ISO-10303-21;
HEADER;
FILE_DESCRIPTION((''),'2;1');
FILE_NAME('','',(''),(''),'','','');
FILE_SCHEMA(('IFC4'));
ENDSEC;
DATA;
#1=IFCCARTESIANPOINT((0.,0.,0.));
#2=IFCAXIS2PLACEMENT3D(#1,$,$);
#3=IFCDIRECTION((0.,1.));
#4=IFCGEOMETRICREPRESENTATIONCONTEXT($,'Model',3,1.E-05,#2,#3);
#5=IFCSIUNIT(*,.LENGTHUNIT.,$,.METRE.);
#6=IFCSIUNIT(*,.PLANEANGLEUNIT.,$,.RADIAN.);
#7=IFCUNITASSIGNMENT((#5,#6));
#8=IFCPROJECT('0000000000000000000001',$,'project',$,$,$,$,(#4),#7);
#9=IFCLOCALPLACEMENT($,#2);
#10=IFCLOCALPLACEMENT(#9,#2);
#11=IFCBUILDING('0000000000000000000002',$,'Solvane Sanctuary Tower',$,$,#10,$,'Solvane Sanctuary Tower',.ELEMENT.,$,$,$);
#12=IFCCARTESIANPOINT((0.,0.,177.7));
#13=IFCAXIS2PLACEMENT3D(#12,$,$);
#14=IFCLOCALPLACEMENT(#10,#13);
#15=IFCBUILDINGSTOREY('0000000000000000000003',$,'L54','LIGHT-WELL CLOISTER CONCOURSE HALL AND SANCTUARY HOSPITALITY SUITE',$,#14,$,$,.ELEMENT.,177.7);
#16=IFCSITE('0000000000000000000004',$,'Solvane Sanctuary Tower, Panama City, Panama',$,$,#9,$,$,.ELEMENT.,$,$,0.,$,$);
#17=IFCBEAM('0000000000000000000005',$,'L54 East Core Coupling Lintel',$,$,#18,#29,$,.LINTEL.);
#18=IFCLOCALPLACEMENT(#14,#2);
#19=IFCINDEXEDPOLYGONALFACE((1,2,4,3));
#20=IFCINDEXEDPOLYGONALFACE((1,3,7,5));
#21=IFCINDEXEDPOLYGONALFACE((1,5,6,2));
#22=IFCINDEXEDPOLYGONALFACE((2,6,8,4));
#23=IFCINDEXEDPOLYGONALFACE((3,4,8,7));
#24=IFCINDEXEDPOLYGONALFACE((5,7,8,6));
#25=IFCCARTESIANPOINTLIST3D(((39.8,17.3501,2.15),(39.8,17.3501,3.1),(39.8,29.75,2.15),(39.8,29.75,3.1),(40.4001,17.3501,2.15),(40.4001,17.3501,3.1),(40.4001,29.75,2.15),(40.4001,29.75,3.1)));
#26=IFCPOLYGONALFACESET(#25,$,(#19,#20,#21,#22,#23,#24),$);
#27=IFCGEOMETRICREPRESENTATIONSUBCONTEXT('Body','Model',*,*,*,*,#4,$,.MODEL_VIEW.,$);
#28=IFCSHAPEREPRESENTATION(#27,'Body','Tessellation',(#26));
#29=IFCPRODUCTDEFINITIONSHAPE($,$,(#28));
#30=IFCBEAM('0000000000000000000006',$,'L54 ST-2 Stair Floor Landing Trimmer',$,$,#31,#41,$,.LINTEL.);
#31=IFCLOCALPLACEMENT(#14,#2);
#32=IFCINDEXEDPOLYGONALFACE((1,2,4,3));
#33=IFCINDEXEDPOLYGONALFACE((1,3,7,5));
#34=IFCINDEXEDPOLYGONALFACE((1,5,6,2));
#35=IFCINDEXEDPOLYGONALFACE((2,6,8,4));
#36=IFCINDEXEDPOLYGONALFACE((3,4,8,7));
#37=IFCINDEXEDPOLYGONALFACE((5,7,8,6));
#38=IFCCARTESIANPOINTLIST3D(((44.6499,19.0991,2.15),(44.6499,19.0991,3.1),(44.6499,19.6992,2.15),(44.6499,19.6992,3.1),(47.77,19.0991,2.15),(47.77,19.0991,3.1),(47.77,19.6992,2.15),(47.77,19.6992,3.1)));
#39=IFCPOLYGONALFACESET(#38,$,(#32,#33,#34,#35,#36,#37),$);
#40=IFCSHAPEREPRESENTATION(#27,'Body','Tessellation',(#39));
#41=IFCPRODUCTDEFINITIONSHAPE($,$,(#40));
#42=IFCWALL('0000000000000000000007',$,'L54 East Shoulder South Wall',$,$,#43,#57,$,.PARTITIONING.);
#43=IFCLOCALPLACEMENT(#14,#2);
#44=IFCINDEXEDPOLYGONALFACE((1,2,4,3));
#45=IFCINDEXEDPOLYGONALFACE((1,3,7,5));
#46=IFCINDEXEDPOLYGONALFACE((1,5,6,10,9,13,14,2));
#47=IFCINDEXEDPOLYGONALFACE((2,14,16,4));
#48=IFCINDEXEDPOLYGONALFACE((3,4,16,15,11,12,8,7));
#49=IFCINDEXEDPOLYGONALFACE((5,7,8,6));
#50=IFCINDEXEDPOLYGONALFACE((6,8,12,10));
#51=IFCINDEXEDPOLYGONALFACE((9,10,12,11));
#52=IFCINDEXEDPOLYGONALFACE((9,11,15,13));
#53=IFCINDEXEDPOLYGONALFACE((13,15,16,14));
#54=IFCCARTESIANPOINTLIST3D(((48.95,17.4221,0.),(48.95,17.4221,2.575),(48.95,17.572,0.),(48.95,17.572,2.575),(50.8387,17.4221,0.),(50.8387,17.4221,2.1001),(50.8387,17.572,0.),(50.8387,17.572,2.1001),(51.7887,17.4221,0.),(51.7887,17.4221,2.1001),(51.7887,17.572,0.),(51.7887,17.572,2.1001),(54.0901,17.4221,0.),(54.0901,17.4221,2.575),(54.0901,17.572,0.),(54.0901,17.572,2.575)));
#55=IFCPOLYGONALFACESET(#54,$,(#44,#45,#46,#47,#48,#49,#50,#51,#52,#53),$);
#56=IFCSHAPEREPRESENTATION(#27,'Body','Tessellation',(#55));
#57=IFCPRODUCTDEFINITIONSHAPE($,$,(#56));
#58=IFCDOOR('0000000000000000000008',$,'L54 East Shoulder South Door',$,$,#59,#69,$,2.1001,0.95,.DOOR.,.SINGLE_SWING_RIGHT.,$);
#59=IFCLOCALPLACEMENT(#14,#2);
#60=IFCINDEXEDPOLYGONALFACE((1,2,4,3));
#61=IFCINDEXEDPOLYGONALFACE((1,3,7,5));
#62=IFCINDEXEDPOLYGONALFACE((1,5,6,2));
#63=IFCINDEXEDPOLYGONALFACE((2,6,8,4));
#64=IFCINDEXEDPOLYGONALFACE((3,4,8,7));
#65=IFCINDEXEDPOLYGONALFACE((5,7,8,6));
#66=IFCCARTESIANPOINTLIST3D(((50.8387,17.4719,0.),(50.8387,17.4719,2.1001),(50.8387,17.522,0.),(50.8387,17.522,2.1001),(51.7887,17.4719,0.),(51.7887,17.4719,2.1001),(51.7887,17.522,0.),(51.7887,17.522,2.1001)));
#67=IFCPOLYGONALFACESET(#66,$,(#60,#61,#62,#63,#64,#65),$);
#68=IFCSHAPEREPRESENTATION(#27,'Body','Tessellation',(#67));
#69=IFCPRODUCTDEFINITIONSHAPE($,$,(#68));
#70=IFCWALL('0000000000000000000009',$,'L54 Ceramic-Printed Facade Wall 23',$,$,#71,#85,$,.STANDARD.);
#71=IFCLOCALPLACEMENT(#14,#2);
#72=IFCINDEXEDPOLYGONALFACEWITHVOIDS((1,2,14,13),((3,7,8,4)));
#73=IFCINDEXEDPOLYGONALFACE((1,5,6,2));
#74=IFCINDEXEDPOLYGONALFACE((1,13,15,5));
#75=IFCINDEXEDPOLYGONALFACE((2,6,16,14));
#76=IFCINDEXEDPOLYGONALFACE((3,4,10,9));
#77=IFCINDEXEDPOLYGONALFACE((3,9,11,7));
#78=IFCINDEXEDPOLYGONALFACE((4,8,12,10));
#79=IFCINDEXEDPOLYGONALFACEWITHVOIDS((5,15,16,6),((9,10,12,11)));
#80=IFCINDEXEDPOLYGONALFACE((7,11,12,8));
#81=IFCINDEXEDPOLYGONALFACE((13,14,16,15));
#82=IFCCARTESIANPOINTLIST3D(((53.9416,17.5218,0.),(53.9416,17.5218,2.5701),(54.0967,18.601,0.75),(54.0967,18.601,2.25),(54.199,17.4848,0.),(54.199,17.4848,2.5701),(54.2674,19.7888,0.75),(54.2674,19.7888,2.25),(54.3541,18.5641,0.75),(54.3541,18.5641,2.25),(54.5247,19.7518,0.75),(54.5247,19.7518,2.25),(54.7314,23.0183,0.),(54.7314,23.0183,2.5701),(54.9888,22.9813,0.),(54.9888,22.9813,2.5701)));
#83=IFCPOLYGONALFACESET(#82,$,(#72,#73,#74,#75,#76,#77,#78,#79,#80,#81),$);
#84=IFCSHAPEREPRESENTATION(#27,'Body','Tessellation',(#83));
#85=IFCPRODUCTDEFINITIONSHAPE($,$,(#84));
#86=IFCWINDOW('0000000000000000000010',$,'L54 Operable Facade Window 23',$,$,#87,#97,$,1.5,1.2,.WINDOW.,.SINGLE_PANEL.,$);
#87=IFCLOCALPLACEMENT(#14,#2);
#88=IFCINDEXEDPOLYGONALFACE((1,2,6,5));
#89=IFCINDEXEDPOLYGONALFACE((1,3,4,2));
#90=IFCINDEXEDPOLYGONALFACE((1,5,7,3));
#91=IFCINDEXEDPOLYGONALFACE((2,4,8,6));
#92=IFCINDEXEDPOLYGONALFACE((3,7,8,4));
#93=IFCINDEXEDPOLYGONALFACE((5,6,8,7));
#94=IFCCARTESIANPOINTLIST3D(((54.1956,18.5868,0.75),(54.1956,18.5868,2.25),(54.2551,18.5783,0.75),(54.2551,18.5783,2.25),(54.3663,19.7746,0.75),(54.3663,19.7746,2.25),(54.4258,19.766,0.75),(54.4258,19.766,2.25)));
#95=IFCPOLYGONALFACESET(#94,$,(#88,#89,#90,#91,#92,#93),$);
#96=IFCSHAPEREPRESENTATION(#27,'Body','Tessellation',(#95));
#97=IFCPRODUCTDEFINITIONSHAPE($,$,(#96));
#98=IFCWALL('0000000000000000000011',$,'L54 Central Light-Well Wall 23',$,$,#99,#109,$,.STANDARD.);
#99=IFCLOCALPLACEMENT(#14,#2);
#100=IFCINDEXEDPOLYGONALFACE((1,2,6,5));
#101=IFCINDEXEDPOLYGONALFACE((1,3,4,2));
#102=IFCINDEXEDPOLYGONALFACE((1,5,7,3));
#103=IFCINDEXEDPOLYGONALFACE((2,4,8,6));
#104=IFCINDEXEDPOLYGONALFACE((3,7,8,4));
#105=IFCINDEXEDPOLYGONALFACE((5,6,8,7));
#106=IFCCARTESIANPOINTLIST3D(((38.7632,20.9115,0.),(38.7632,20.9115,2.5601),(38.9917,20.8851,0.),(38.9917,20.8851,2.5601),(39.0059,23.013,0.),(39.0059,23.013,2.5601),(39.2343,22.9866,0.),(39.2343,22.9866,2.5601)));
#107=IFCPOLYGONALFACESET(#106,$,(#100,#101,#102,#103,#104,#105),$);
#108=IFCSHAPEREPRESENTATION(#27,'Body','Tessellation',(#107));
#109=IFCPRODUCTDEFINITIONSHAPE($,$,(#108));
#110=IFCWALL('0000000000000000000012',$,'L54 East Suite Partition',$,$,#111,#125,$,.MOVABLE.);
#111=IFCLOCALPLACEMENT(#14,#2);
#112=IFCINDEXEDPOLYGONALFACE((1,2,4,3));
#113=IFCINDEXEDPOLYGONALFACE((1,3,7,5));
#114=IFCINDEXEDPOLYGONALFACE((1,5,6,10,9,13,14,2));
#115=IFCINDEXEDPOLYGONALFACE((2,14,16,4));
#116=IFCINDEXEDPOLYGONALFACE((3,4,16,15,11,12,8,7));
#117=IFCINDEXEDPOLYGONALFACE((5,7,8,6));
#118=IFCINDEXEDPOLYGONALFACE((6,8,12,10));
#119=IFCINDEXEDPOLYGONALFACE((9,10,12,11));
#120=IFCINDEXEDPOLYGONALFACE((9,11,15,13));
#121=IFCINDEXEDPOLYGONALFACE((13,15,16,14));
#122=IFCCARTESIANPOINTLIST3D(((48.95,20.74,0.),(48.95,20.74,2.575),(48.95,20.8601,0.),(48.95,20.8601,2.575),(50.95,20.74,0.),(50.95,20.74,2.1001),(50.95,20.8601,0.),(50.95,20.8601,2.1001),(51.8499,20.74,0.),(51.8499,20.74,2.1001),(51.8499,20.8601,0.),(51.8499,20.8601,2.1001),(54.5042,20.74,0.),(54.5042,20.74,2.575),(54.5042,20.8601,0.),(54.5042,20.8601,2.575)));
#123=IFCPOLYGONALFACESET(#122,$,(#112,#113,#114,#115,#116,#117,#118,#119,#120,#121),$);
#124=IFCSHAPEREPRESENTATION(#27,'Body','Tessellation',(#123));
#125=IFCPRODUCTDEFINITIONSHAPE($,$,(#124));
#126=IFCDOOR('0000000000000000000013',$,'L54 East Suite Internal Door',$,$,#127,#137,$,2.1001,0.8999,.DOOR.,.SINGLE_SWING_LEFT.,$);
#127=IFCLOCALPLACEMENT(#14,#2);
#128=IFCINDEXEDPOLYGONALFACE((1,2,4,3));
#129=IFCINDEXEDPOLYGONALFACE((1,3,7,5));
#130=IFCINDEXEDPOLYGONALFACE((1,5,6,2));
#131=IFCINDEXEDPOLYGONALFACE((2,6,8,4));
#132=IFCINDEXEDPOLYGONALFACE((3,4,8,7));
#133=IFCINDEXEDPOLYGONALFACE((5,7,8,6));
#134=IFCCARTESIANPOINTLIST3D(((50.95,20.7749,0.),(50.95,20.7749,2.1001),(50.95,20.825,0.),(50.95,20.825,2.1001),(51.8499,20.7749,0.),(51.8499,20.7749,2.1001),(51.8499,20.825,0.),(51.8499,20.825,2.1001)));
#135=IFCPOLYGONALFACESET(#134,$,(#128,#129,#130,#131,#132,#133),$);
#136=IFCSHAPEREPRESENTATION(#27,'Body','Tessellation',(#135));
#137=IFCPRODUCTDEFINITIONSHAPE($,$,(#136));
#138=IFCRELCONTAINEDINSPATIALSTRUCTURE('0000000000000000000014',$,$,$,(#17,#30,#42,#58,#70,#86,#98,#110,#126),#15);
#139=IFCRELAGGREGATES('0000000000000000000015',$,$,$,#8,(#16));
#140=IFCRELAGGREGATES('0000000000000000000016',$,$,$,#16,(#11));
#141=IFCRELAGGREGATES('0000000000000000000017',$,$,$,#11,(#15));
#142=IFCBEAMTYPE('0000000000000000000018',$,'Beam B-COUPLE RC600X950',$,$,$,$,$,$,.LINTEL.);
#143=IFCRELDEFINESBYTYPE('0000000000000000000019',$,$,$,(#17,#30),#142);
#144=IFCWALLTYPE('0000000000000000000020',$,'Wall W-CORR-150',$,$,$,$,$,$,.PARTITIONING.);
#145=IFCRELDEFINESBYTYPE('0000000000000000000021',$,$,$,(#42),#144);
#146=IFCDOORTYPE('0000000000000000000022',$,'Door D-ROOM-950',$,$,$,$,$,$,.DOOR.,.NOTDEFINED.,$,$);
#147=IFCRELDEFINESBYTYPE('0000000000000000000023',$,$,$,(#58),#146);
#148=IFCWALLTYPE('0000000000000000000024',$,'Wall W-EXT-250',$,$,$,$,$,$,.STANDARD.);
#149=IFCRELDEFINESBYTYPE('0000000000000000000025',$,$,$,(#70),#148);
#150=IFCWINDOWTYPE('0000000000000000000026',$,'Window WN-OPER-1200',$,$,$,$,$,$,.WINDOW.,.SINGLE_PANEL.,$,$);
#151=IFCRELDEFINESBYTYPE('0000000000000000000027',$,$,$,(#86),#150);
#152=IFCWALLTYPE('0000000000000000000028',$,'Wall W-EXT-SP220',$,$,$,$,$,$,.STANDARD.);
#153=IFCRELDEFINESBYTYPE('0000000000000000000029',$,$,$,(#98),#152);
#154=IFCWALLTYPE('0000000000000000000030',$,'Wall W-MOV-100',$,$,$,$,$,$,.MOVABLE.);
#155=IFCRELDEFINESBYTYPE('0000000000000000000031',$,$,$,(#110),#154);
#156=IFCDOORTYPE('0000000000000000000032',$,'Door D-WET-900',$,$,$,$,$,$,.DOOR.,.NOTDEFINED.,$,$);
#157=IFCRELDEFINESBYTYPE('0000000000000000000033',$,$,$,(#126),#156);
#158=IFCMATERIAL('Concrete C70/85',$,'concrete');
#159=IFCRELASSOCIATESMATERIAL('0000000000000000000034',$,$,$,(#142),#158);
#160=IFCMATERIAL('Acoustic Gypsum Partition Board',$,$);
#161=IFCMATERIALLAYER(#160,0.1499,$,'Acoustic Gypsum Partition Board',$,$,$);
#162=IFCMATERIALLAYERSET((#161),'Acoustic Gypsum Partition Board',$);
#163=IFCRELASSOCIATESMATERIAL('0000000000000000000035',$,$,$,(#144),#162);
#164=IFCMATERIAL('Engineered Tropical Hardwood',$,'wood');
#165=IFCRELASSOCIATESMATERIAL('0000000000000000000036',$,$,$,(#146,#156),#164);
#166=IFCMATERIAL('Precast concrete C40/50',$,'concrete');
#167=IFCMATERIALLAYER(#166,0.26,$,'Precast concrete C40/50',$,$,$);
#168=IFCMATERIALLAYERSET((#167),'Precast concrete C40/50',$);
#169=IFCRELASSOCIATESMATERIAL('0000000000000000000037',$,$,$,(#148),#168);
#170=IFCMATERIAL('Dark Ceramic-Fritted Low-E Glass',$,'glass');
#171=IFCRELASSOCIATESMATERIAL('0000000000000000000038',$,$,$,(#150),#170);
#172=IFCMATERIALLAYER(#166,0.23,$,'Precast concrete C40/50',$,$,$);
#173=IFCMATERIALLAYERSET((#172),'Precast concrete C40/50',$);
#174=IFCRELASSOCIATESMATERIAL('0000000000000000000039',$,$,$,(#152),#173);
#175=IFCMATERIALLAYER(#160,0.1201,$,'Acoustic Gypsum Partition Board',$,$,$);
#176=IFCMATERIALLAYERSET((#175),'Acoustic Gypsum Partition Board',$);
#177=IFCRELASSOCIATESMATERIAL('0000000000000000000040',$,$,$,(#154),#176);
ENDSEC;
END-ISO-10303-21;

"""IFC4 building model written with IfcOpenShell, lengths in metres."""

from ifc_helpers import new_model, si_unit, direction, frame, frame_2d, origin, origin_2d, place, context, subcontext, project, spatial, rectangle, extrude, material, layer, layer_set, material_profile, profile_set, type_object, element, fill, save


model = new_model("IFC4")

# Units and contexts
model_context = context("Model", 3, precision=1e-05, world=origin(), true_north=direction((0.0, 1.0)))
body_context = subcontext(model_context, "Body", "Model", "MODEL_VIEW")
ifc_project = project(units=[si_unit("LENGTHUNIT", "METRE"), si_unit("PLANEANGLEUNIT", "RADIAN")], contexts=[model_context])

# Site, building, storey
site_placement = place(None, origin())
site = spatial("IfcSite", under=ifc_project, at=site_placement, Name="Solvane Sanctuary Tower, Panama City, Panama", CompositionType="ELEMENT", RefElevation=0.0)
building_placement = place(site_placement, origin())
building = spatial("IfcBuilding", under=site, at=building_placement, Name="Solvane Sanctuary Tower", LongName="Solvane Sanctuary Tower", CompositionType="ELEMENT")
storey_placement = place(building_placement, frame((0.0, 0.0, 177.7)))
storey = spatial("IfcBuildingStorey", under=building, at=storey_placement, Name="L54", Description="LIGHT-WELL CLOISTER CONCOURSE HALL AND SANCTUARY HOSPITALITY SUITE", CompositionType="ELEMENT", Elevation=177.7)

# Beams
ifc_material_1 = material(Name="Concrete C70/85", Category="concrete")
ifc_material_profile = material_profile(ifc_material_1, rectangle(XDim=0.6001, YDim=0.95, at=origin_2d()), Name="RC600X950")
ifc_profile_set = profile_set([ifc_material_profile], Name="Concrete C70/85")
beam_type = type_object("IfcBeamType", Name="Beam B-COUPLE RC600X950", PredefinedType="LINTEL", material=ifc_profile_set)
beam_1_placement = place(storey_placement, frame((40.1001, 17.3501, 2.625), z_axis=(0.0, 1.0, 0.0), x_axis=(-1.0, 0.0, 0.0)))
element("IfcBeam", 1, at=beam_1_placement, inside=storey, type_object=beam_type, Name="L54 East Core Coupling Lintel", PredefinedType="LINTEL", context=body_context, shape_type="SweptSolid", body=[
    extrude(rectangle(XDim=0.6001, YDim=0.95, at=origin_2d()), origin(), (0.0, 0.0, 1.0), 12.3999),
])
beam_2_placement = place(storey_placement, frame((44.6499, 19.3992, 2.625), z_axis=(1.0, 0.0, 0.0), x_axis=(0.0, 1.0, 0.0)))
element("IfcBeam", 2, at=beam_2_placement, inside=storey, type_object=beam_type, Name="L54 ST-2 Stair Floor Landing Trimmer", PredefinedType="LINTEL", context=body_context, shape_type="SweptSolid", body=[
    extrude(rectangle(XDim=0.6001, YDim=0.95, at=origin_2d()), origin(), (0.0, 0.0, 1.0), 3.1201),
])

# Wall, opening, door
ifc_material_2 = material(Name="Acoustic Gypsum Partition Board")
ifc_layer_1 = layer(ifc_material_2, 0.1499, Name="Acoustic Gypsum Partition Board")
ifc_layer_set_1 = layer_set([ifc_layer_1], Name="Acoustic Gypsum Partition Board")
wall_type_1 = type_object("IfcWallType", Name="Wall W-CORR-150", PredefinedType="PARTITIONING", material=ifc_layer_set_1)
wall_1_placement = place(storey_placement, frame((48.95, 17.4971, 0.0), z_axis=(0.0, 0.0, 1.0), x_axis=(1.0, 0.0, 0.0)))
wall_1 = element("IfcWall", 3, at=wall_1_placement, inside=storey, type_object=wall_type_1, Name="L54 East Shoulder South Wall", PredefinedType="PARTITIONING", context=body_context, shape_type="SweptSolid", body=[
    extrude(rectangle(XDim=5.1401, YDim=0.1499, at=frame_2d((2.5701, 0.0))), origin(), (0.0, 0.0, 1.0), 2.575),
])
opening_1_placement = place(wall_1_placement, frame((1.8887, 0.0, 0.0)))
opening_1 = element("IfcOpeningElement", 4, at=opening_1_placement, cuts=wall_1, PredefinedType="OPENING", context=body_context, shape_type="SweptSolid", body=[
    extrude(rectangle(XDim=0.95, YDim=2.1001, at=frame_2d((0.4751, 1.05))), frame((0.0, 0.085, 0.0), z_axis=(0.0, -1.0, 0.0), x_axis=(1.0, 0.0, 0.0)), (0.0, 0.0, 1.0), 0.1699),
])
ifc_material_3 = material(Name="Engineered Tropical Hardwood", Category="wood")
door_type_1 = type_object("IfcDoorType", Name="Door D-ROOM-950", OperationType="NOTDEFINED", PredefinedType="DOOR", material=ifc_material_3)
door_1_placement = place(opening_1_placement, origin())
door_1 = element("IfcDoor", 5, at=door_1_placement, inside=storey, type_object=door_type_1, Name="L54 East Shoulder South Door", OperationType="SINGLE_SWING_RIGHT", OverallHeight=2.1001, OverallWidth=0.95, PredefinedType="DOOR", context=body_context, shape_type="SweptSolid", body=[
    extrude(rectangle(XDim=0.95, YDim=2.1001, at=frame_2d((0.4751, 1.05))), frame((0.0, 0.0249, 0.0), z_axis=(0.0, -1.0, 0.0), x_axis=(1.0, 0.0, 0.0)), (0.0, 0.0, 1.0), 0.05),
])
fill(opening_1, door_1)

# Wall, opening, window
ifc_material_4 = material(Name="Precast concrete C40/50", Category="concrete")
ifc_layer_2 = layer(ifc_material_4, 0.26, Name="Precast concrete C40/50")
ifc_layer_set_2 = layer_set([ifc_layer_2], Name="Precast concrete C40/50")
wall_type_2 = type_object("IfcWallType", Name="Wall W-EXT-250", PredefinedType="STANDARD", material=ifc_layer_set_2)
wall_2_placement = place(storey_placement, frame((54.0703, 17.5034, 0.0), z_axis=(0.0, 0.0, 1.0), x_axis=(0.142228, 0.989834, 0.0)))
wall_2 = element("IfcWall", 6, at=wall_2_placement, inside=storey, type_object=wall_type_2, Name="L54 Ceramic-Printed Facade Wall 23", PredefinedType="STANDARD", context=body_context, shape_type="SweptSolid", body=[
    extrude(rectangle(XDim=5.553, YDim=0.26, at=frame_2d((2.7764, 0.0))), origin(), (0.0, 0.0, 1.0), 2.5701),
])
opening_2_placement = place(wall_2_placement, frame((1.0901, 0.0, 0.75)))
opening_2 = element("IfcOpeningElement", 7, at=opening_2_placement, cuts=wall_2, PredefinedType="OPENING", context=body_context, shape_type="SweptSolid", body=[
    extrude(rectangle(XDim=1.2, YDim=1.5, at=frame_2d((0.6001, 0.75))), frame((0.0, 0.1399, 0.0), z_axis=(0.0, -1.0, 0.0), x_axis=(1.0, 0.0, 0.0)), (0.0, 0.0, 1.0), 0.28),
])
ifc_material_5 = material(Name="Dark Ceramic-Fritted Low-E Glass", Category="glass")
window_type = type_object("IfcWindowType", Name="Window WN-OPER-1200", PartitioningType="SINGLE_PANEL", PredefinedType="WINDOW", material=ifc_material_5)
window_placement = place(opening_2_placement, origin())
window = element("IfcWindow", 8, at=window_placement, inside=storey, type_object=window_type, Name="L54 Operable Facade Window 23", OverallHeight=1.5, OverallWidth=1.2, PartitioningType="SINGLE_PANEL", PredefinedType="WINDOW", context=body_context, shape_type="SweptSolid", body=[
    extrude(rectangle(XDim=1.2, YDim=1.5, at=frame_2d((0.6001, 0.75))), frame((0.0, 0.03, 0.0), z_axis=(0.0, -1.0, 0.0), x_axis=(1.0, 0.0, 0.0)), (0.0, 0.0, 1.0), 0.0601),
])
fill(opening_2, window)

# Wall
ifc_layer_3 = layer(ifc_material_4, 0.23, Name="Precast concrete C40/50")
ifc_layer_set_3 = layer_set([ifc_layer_3], Name="Precast concrete C40/50")
wall_type_3 = type_object("IfcWallType", Name="Wall W-EXT-SP220", PredefinedType="STANDARD", material=ifc_layer_set_3)
wall_3_placement = place(storey_placement, frame((38.8774, 20.8984, 0.0), z_axis=(0.0, 0.0, 1.0), x_axis=(0.114712, 0.993399, 0.0)))
element("IfcWall", 9, at=wall_3_placement, inside=storey, type_object=wall_type_3, Name="L54 Central Light-Well Wall 23", PredefinedType="STANDARD", context=body_context, shape_type="SweptSolid", body=[
    extrude(rectangle(XDim=2.1155, YDim=0.23, at=frame_2d((1.0576, 0.0))), origin(), (0.0, 0.0, 1.0), 2.5601),
])

# Wall, opening, door
ifc_layer_4 = layer(ifc_material_2, 0.1201, Name="Acoustic Gypsum Partition Board")
ifc_layer_set_4 = layer_set([ifc_layer_4], Name="Acoustic Gypsum Partition Board")
wall_type_4 = type_object("IfcWallType", Name="Wall W-MOV-100", PredefinedType="MOVABLE", material=ifc_layer_set_4)
wall_4_placement = place(storey_placement, frame((48.95, 20.8, 0.0), z_axis=(0.0, 0.0, 1.0), x_axis=(1.0, 0.0, 0.0)))
wall_4 = element("IfcWall", 10, at=wall_4_placement, inside=storey, type_object=wall_type_4, Name="L54 East Suite Partition", PredefinedType="MOVABLE", context=body_context, shape_type="SweptSolid", body=[
    extrude(rectangle(XDim=5.5542, YDim=0.1201, at=frame_2d((2.7771, 0.0))), origin(), (0.0, 0.0, 1.0), 2.575),
])
opening_3_placement = place(wall_4_placement, frame((2.0, 0.0, 0.0)))
opening_3 = element("IfcOpeningElement", 11, at=opening_3_placement, cuts=wall_4, PredefinedType="OPENING", context=body_context, shape_type="SweptSolid", body=[
    extrude(rectangle(XDim=0.8999, YDim=2.1001, at=frame_2d((0.45, 1.05))), frame((0.0, 0.0701, 0.0), z_axis=(0.0, -1.0, 0.0), x_axis=(1.0, 0.0, 0.0)), (0.0, 0.0, 1.0), 0.1401),
])
door_type_2 = type_object("IfcDoorType", Name="Door D-WET-900", OperationType="NOTDEFINED", PredefinedType="DOOR", material=ifc_material_3)
door_2_placement = place(opening_3_placement, origin())
door_2 = element("IfcDoor", 12, at=door_2_placement, inside=storey, type_object=door_type_2, Name="L54 East Suite Internal Door", OperationType="SINGLE_SWING_LEFT", OverallHeight=2.1001, OverallWidth=0.8999, PredefinedType="DOOR", context=body_context, shape_type="SweptSolid", body=[
    extrude(rectangle(XDim=0.8999, YDim=2.1001, at=frame_2d((0.45, 1.05))), frame((0.0, 0.0249, 0.0), z_axis=(0.0, -1.0, 0.0), x_axis=(1.0, 0.0, 0.0)), (0.0, 0.0, 1.0), 0.05),
])
fill(opening_3, door_2)

save(model, "model.ifc")
